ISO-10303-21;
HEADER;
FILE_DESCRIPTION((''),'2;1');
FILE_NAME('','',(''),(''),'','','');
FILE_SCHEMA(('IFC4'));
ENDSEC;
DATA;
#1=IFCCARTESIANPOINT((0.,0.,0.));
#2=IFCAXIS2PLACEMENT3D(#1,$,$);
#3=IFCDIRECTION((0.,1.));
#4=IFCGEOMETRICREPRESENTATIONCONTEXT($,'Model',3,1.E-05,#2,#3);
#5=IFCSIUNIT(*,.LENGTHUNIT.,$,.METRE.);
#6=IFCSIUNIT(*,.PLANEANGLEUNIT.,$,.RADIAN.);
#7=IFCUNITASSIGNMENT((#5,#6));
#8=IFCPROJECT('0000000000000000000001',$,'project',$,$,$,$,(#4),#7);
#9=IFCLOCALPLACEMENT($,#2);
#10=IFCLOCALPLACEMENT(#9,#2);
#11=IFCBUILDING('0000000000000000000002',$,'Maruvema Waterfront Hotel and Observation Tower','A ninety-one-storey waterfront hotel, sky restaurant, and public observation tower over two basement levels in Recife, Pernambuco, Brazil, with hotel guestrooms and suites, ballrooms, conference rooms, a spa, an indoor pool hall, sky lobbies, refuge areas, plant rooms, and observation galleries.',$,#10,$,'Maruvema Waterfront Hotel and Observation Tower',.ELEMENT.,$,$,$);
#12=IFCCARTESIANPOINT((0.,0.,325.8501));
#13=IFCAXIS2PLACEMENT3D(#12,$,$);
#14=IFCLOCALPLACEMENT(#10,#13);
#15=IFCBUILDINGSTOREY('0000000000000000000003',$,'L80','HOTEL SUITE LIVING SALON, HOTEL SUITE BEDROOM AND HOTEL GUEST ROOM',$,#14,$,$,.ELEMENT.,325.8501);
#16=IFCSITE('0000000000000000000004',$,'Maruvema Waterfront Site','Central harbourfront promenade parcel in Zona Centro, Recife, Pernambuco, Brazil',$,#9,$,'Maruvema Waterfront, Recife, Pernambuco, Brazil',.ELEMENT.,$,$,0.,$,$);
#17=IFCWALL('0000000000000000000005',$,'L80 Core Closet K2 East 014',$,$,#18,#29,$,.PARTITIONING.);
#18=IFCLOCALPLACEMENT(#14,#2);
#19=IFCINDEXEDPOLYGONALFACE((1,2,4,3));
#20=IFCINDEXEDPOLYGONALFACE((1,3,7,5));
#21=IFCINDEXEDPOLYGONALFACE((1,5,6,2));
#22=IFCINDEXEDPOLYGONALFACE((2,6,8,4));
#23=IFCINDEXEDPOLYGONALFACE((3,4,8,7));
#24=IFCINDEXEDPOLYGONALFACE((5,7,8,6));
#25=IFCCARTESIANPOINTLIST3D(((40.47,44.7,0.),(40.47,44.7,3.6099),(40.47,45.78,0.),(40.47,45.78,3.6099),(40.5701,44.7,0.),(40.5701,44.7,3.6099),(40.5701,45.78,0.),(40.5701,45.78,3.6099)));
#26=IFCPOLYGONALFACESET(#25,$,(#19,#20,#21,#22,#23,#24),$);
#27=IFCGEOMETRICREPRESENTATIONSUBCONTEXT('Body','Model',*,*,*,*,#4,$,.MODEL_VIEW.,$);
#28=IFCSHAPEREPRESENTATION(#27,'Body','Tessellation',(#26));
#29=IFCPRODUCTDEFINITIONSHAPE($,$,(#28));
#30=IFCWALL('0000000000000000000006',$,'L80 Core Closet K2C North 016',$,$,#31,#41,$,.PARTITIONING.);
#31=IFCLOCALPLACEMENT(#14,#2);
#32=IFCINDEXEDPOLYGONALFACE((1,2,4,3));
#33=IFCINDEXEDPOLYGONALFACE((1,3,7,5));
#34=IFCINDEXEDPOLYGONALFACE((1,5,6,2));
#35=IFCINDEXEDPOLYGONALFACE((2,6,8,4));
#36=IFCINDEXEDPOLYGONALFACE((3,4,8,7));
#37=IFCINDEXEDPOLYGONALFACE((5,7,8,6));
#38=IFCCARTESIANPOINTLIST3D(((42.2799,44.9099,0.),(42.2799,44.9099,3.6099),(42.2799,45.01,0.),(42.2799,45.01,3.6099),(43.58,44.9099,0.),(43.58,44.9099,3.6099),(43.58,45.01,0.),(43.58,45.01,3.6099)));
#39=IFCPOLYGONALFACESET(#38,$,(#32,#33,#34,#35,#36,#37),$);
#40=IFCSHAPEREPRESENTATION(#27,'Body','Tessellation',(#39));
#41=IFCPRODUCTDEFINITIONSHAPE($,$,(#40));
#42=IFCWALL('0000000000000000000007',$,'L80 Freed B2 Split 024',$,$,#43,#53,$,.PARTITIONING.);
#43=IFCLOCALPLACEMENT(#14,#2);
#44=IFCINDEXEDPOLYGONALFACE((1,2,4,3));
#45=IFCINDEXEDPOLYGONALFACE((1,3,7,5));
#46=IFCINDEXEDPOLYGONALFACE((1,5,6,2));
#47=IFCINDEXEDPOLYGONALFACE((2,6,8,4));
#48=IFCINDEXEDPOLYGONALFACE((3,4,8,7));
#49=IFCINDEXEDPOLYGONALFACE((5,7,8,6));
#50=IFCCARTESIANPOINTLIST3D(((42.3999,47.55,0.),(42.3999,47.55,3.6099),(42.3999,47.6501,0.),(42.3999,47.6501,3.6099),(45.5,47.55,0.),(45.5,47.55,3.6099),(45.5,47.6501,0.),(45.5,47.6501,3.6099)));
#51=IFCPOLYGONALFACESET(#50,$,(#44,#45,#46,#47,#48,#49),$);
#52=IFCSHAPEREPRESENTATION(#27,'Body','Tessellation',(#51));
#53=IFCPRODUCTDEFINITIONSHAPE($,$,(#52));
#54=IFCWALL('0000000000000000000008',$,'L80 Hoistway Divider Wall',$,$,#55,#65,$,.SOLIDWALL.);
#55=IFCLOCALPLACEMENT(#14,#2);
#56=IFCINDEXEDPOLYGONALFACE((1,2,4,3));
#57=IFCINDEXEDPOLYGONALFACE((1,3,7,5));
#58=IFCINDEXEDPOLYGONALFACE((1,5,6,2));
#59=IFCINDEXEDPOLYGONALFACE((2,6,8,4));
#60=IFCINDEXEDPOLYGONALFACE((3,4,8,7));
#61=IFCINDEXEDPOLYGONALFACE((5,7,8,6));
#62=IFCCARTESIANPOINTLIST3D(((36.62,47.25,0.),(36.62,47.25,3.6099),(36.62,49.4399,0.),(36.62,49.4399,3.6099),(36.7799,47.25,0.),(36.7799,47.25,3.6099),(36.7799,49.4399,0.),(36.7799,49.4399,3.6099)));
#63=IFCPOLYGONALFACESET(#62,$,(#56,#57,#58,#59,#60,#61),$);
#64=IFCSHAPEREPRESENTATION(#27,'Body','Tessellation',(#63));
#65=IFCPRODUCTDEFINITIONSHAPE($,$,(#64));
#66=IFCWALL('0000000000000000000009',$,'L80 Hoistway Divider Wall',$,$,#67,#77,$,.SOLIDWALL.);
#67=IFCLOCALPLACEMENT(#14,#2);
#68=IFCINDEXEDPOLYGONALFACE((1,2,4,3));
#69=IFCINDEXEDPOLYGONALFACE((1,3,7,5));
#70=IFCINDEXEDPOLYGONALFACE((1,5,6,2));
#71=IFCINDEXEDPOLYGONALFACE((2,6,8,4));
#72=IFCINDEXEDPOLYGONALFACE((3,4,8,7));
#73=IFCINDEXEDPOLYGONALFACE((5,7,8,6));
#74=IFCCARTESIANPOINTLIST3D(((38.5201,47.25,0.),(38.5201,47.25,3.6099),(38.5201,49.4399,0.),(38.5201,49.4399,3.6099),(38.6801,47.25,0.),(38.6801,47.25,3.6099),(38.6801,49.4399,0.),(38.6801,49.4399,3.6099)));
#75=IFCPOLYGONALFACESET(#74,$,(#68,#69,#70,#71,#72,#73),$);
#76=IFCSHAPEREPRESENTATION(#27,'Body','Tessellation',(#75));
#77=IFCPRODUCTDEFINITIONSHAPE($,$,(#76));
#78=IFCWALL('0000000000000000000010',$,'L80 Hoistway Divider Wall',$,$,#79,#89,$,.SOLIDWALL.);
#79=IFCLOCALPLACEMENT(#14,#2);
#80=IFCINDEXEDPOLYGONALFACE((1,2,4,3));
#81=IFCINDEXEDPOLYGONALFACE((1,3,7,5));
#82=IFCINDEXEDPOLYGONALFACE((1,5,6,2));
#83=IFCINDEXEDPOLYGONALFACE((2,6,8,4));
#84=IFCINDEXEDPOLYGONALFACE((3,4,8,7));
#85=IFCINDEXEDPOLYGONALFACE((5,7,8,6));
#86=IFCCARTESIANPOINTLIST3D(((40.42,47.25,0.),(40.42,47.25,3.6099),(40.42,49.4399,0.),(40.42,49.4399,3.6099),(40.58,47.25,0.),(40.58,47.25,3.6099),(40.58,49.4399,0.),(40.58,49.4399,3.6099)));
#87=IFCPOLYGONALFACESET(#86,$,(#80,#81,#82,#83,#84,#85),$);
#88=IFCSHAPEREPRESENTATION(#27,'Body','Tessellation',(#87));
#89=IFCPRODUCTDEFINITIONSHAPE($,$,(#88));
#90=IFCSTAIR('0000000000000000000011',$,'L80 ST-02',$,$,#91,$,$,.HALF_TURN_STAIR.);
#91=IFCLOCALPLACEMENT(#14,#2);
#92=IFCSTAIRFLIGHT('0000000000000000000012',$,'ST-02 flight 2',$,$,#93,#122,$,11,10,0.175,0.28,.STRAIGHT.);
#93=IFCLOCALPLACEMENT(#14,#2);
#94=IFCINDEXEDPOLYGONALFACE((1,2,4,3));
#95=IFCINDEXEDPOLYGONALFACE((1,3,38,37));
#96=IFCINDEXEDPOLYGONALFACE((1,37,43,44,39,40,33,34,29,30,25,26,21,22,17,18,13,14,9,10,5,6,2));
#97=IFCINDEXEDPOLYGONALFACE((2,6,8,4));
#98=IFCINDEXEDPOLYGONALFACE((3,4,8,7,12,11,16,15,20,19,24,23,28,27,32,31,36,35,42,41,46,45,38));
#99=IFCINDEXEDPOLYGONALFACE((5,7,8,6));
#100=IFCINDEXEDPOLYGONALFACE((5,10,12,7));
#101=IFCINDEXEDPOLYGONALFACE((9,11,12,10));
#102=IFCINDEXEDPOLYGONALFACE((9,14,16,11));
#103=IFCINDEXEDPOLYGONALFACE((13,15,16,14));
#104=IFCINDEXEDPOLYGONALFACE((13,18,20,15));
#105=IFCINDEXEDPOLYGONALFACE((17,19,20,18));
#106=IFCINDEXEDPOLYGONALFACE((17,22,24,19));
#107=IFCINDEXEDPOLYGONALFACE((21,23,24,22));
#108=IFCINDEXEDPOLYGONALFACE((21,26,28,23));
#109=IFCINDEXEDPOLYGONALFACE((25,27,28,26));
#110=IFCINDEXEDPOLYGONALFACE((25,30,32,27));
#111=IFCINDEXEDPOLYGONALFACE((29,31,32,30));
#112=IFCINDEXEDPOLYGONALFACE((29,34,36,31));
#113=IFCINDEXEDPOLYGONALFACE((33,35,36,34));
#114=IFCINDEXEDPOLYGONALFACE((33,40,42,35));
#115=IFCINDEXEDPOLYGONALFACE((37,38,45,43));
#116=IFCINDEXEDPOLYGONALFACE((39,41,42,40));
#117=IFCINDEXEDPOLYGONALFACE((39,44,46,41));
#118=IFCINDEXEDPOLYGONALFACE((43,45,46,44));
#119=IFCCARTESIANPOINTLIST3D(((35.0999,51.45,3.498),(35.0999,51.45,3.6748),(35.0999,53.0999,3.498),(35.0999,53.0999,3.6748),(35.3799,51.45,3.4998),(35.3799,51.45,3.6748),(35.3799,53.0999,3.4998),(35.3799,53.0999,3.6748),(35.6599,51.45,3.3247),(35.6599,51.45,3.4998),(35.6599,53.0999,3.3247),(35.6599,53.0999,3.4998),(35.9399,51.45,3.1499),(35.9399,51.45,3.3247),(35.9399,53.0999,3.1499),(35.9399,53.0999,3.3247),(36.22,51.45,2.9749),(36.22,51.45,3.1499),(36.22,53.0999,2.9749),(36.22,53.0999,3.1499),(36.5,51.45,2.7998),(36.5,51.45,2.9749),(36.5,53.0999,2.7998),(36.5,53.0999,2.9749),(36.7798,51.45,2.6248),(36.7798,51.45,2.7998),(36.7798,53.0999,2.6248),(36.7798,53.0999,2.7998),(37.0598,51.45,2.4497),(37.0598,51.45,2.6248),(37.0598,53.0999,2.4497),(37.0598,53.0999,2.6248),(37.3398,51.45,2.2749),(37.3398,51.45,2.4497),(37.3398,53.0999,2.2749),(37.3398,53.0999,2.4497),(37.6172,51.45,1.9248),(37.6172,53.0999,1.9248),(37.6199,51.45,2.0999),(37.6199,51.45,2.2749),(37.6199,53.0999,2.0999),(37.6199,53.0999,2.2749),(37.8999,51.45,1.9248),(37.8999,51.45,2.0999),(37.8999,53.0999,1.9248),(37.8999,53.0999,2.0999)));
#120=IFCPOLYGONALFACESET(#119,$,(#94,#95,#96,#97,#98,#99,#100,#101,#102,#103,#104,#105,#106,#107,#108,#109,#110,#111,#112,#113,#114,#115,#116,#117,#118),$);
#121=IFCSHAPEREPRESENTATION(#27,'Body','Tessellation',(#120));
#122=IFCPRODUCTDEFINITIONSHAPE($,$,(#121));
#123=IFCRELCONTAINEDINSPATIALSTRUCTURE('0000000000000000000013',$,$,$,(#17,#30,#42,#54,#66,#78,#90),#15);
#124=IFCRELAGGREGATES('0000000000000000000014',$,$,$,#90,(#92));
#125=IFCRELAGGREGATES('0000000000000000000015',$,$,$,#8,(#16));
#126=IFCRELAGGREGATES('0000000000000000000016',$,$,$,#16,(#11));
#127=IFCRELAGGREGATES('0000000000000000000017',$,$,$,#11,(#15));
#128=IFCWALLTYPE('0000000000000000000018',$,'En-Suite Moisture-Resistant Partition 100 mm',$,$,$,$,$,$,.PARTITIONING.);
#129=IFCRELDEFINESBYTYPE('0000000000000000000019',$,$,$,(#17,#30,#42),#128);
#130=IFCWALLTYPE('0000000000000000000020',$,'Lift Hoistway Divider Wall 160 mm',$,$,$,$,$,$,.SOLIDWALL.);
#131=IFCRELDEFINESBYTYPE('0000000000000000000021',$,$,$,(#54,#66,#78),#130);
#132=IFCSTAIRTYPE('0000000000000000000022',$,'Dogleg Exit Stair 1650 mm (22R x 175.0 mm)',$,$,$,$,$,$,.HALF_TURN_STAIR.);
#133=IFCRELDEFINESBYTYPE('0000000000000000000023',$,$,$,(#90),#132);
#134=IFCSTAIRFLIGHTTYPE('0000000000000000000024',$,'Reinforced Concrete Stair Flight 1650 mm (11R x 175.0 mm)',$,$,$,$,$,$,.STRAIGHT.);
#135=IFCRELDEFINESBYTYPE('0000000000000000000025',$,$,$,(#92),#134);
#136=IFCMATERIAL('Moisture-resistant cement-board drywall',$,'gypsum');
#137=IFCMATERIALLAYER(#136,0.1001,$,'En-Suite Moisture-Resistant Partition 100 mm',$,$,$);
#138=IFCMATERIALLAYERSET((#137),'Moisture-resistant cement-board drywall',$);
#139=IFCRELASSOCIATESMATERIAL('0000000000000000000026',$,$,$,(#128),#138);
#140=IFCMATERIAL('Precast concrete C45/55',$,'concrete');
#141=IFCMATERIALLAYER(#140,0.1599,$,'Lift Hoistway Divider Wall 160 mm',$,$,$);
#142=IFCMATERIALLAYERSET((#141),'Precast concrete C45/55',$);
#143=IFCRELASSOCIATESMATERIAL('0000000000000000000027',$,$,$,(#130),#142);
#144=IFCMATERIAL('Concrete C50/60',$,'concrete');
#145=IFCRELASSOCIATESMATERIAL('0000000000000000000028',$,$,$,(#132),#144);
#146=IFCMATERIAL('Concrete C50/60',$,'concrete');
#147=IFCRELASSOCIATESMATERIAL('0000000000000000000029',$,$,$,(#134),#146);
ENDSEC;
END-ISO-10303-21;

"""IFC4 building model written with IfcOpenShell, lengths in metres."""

from ifc_helpers import new_model, si_unit, direction, frame, frame_2d, origin, place, context, subcontext, project, spatial, polyline, rectangle, outline, extrude, material, layer, layer_set, type_object, element, aggregate, save


model = new_model("IFC4")

# Units and contexts
model_context = context("Model", 3, precision=1e-05, world=origin(), true_north=direction((0.0, 1.0)))
body_context = subcontext(model_context, "Body", "Model", "MODEL_VIEW")
ifc_project = project(units=[si_unit("LENGTHUNIT", "METRE"), si_unit("PLANEANGLEUNIT", "RADIAN")], contexts=[model_context])

# Site, building, storey
site_placement = place(None, origin())
site = spatial("IfcSite", under=ifc_project, at=site_placement, Name="Maruvema Waterfront Site", Description="Central harbourfront promenade parcel in Zona Centro, Recife, Pernambuco, Brazil", LongName="Maruvema Waterfront, Recife, Pernambuco, Brazil", CompositionType="ELEMENT", RefElevation=0.0)
building_placement = place(site_placement, origin())
building = spatial("IfcBuilding", under=site, at=building_placement, Name="Maruvema Waterfront Hotel and Observation Tower", Description="A ninety-one-storey waterfront hotel, sky restaurant, and public observation tower over two basement levels in Recife, Pernambuco, Brazil, with hotel guestrooms and suites, ballrooms, conference rooms, a spa, an indoor pool hall, sky lobbies, refuge areas, plant rooms, and observation galleries.", LongName="Maruvema Waterfront Hotel and Observation Tower", CompositionType="ELEMENT")
storey_placement = place(building_placement, frame((0.0, 0.0, 325.8501)))
storey = spatial("IfcBuildingStorey", under=building, at=storey_placement, Name="L80", Description="HOTEL SUITE LIVING SALON, HOTEL SUITE BEDROOM AND HOTEL GUEST ROOM", CompositionType="ELEMENT", Elevation=325.8501)

# Shared definitions
ifc_material_1 = material(Name="Moisture-resistant cement-board drywall", Category="gypsum")
ifc_layer_1 = layer(ifc_material_1, 0.1001, Name="En-Suite Moisture-Resistant Partition 100 mm")
ifc_layer_set_1 = layer_set([ifc_layer_1], Name="Moisture-resistant cement-board drywall")
wall_type_1 = type_object("IfcWallType", Name="En-Suite Moisture-Resistant Partition 100 mm", PredefinedType="PARTITIONING", material=ifc_layer_set_1)

# Walls
wall_1_placement = place(storey_placement, frame((40.52, 44.7, 0.0), z_axis=(0.0, 0.0, 1.0), x_axis=(0.0, 1.0, 0.0)))
element("IfcWall", 1, at=wall_1_placement, inside=storey, type_object=wall_type_1, Name="L80 Core Closet K2 East 014", PredefinedType="PARTITIONING", context=body_context, shape_type="SweptSolid", body=[
    extrude(rectangle(XDim=1.0801, YDim=0.1001, at=frame_2d((0.54, 0.0))), origin(), (0.0, 0.0, 1.0), 3.6099),
])
wall_2_placement = place(storey_placement, frame((42.28, 44.96, 0.0), z_axis=(0.0, 0.0, 1.0), x_axis=(1.0, 0.0, 0.0)))
element("IfcWall", 2, at=wall_2_placement, inside=storey, type_object=wall_type_1, Name="L80 Core Closet K2C North 016", PredefinedType="PARTITIONING", context=body_context, shape_type="SweptSolid", body=[
    extrude(rectangle(XDim=1.3, YDim=0.1001, at=frame_2d((0.6499, 0.0))), origin(), (0.0, 0.0, 1.0), 3.6099),
])
wall_3_placement = place(storey_placement, frame((42.3999, 47.6001, 0.0), z_axis=(0.0, 0.0, 1.0), x_axis=(1.0, 0.0, 0.0)))
element("IfcWall", 3, at=wall_3_placement, inside=storey, type_object=wall_type_1, Name="L80 Freed B2 Split 024", PredefinedType="PARTITIONING", context=body_context, shape_type="SweptSolid", body=[
    extrude(rectangle(XDim=3.1001, YDim=0.1001, at=frame_2d((1.55, 0.0))), origin(), (0.0, 0.0, 1.0), 3.6099),
])
ifc_material_2 = material(Name="Precast concrete C45/55", Category="concrete")
ifc_layer_2 = layer(ifc_material_2, 0.1599, Name="Lift Hoistway Divider Wall 160 mm")
ifc_layer_set_2 = layer_set([ifc_layer_2], Name="Precast concrete C45/55")
wall_type_2 = type_object("IfcWallType", Name="Lift Hoistway Divider Wall 160 mm", PredefinedType="SOLIDWALL", material=ifc_layer_set_2)
for number, where, z_axis, x_axis, name in (
    (4, (36.7, 47.25, 0.0), (0.0, 0.0, 1.0), (0.0, 1.0, 0.0), "L80 Hoistway Divider Wall"),
    (5, (38.6001, 47.25, 0.0), (0.0, 0.0, 1.0), (0.0, 1.0, 0.0), "L80 Hoistway Divider Wall"),
    (6, (40.5, 47.25, 0.0), (0.0, 0.0, 1.0), (0.0, 1.0, 0.0), "L80 Hoistway Divider Wall"),
):
    element("IfcWall", number, at=place(storey_placement, frame(where, z_axis=z_axis, x_axis=x_axis)), inside=storey, type_object=wall_type_2, Name=name, PredefinedType="SOLIDWALL", context=body_context, shape_type="SweptSolid", body=[
        extrude(rectangle(XDim=2.1899, YDim=0.1599, at=frame_2d((1.095, 0.0))), origin(), (0.0, 0.0, 1.0), 3.6099),
    ])

# Stair, stair flight
ifc_material_3 = material(Name="Concrete C50/60", Category="concrete")
stair_type = type_object("IfcStairType", Name="Dogleg Exit Stair 1650 mm (22R x 175.0 mm)", PredefinedType="HALF_TURN_STAIR", material=ifc_material_3)
stair_placement = place(storey_placement, origin())
stair = element("IfcStair", 7, at=stair_placement, inside=storey, type_object=stair_type, Name="L80 ST-02", PredefinedType="HALF_TURN_STAIR")
ifc_material_4 = material(Name="Concrete C50/60", Category="concrete")
stair_flight_type = type_object("IfcStairFlightType", Name="Reinforced Concrete Stair Flight 1650 mm (11R x 175.0 mm)", PredefinedType="STRAIGHT", material=ifc_material_4)
stair_flight_placement = place(storey_placement, frame((37.8999, 52.2749, 1.9248), z_axis=(0.0, 0.0, 1.0), x_axis=(-1.0, 0.0, 0.0)))
stair_flight = element("IfcStairFlight", 8, at=stair_flight_placement, type_object=stair_flight_type, Name="ST-02 flight 2", NumberOfRisers=11, NumberOfTreads=10, PredefinedType="STRAIGHT", RiserHeight=0.175, TreadLength=0.28, context=body_context, shape_type="SweptSolid", body=[
    extrude(outline(polyline([(0.0, 0.0), (0.0, 0.175), (0.28, 0.175), (0.28, 0.3501), (0.5601, 0.3501), (0.5601, 0.5249), (0.8401, 0.5249), (0.8401, 0.7), (1.1201, 0.7), (1.1201, 0.875), (1.3999, 0.875), (1.3999, 1.05), (1.6799, 1.05), (1.6799, 1.2251), (1.96, 1.2251), (1.96, 1.3999), (2.24, 1.3999), (2.24, 1.575), (2.52, 1.575), (2.52, 1.75), (2.8, 1.75), (2.8, 1.925), (2.8, 1.5732), (0.2827, 0.0), (0.0, 0.0)])), frame((0.0, 0.825, 0.0), z_axis=(0.0, -1.0, 0.0), x_axis=(1.0, 0.0, 0.0)), (0.0, 0.0, 1.0), 1.6499),
])
aggregate(stair, [stair_flight])

save(model, "model.ifc")
